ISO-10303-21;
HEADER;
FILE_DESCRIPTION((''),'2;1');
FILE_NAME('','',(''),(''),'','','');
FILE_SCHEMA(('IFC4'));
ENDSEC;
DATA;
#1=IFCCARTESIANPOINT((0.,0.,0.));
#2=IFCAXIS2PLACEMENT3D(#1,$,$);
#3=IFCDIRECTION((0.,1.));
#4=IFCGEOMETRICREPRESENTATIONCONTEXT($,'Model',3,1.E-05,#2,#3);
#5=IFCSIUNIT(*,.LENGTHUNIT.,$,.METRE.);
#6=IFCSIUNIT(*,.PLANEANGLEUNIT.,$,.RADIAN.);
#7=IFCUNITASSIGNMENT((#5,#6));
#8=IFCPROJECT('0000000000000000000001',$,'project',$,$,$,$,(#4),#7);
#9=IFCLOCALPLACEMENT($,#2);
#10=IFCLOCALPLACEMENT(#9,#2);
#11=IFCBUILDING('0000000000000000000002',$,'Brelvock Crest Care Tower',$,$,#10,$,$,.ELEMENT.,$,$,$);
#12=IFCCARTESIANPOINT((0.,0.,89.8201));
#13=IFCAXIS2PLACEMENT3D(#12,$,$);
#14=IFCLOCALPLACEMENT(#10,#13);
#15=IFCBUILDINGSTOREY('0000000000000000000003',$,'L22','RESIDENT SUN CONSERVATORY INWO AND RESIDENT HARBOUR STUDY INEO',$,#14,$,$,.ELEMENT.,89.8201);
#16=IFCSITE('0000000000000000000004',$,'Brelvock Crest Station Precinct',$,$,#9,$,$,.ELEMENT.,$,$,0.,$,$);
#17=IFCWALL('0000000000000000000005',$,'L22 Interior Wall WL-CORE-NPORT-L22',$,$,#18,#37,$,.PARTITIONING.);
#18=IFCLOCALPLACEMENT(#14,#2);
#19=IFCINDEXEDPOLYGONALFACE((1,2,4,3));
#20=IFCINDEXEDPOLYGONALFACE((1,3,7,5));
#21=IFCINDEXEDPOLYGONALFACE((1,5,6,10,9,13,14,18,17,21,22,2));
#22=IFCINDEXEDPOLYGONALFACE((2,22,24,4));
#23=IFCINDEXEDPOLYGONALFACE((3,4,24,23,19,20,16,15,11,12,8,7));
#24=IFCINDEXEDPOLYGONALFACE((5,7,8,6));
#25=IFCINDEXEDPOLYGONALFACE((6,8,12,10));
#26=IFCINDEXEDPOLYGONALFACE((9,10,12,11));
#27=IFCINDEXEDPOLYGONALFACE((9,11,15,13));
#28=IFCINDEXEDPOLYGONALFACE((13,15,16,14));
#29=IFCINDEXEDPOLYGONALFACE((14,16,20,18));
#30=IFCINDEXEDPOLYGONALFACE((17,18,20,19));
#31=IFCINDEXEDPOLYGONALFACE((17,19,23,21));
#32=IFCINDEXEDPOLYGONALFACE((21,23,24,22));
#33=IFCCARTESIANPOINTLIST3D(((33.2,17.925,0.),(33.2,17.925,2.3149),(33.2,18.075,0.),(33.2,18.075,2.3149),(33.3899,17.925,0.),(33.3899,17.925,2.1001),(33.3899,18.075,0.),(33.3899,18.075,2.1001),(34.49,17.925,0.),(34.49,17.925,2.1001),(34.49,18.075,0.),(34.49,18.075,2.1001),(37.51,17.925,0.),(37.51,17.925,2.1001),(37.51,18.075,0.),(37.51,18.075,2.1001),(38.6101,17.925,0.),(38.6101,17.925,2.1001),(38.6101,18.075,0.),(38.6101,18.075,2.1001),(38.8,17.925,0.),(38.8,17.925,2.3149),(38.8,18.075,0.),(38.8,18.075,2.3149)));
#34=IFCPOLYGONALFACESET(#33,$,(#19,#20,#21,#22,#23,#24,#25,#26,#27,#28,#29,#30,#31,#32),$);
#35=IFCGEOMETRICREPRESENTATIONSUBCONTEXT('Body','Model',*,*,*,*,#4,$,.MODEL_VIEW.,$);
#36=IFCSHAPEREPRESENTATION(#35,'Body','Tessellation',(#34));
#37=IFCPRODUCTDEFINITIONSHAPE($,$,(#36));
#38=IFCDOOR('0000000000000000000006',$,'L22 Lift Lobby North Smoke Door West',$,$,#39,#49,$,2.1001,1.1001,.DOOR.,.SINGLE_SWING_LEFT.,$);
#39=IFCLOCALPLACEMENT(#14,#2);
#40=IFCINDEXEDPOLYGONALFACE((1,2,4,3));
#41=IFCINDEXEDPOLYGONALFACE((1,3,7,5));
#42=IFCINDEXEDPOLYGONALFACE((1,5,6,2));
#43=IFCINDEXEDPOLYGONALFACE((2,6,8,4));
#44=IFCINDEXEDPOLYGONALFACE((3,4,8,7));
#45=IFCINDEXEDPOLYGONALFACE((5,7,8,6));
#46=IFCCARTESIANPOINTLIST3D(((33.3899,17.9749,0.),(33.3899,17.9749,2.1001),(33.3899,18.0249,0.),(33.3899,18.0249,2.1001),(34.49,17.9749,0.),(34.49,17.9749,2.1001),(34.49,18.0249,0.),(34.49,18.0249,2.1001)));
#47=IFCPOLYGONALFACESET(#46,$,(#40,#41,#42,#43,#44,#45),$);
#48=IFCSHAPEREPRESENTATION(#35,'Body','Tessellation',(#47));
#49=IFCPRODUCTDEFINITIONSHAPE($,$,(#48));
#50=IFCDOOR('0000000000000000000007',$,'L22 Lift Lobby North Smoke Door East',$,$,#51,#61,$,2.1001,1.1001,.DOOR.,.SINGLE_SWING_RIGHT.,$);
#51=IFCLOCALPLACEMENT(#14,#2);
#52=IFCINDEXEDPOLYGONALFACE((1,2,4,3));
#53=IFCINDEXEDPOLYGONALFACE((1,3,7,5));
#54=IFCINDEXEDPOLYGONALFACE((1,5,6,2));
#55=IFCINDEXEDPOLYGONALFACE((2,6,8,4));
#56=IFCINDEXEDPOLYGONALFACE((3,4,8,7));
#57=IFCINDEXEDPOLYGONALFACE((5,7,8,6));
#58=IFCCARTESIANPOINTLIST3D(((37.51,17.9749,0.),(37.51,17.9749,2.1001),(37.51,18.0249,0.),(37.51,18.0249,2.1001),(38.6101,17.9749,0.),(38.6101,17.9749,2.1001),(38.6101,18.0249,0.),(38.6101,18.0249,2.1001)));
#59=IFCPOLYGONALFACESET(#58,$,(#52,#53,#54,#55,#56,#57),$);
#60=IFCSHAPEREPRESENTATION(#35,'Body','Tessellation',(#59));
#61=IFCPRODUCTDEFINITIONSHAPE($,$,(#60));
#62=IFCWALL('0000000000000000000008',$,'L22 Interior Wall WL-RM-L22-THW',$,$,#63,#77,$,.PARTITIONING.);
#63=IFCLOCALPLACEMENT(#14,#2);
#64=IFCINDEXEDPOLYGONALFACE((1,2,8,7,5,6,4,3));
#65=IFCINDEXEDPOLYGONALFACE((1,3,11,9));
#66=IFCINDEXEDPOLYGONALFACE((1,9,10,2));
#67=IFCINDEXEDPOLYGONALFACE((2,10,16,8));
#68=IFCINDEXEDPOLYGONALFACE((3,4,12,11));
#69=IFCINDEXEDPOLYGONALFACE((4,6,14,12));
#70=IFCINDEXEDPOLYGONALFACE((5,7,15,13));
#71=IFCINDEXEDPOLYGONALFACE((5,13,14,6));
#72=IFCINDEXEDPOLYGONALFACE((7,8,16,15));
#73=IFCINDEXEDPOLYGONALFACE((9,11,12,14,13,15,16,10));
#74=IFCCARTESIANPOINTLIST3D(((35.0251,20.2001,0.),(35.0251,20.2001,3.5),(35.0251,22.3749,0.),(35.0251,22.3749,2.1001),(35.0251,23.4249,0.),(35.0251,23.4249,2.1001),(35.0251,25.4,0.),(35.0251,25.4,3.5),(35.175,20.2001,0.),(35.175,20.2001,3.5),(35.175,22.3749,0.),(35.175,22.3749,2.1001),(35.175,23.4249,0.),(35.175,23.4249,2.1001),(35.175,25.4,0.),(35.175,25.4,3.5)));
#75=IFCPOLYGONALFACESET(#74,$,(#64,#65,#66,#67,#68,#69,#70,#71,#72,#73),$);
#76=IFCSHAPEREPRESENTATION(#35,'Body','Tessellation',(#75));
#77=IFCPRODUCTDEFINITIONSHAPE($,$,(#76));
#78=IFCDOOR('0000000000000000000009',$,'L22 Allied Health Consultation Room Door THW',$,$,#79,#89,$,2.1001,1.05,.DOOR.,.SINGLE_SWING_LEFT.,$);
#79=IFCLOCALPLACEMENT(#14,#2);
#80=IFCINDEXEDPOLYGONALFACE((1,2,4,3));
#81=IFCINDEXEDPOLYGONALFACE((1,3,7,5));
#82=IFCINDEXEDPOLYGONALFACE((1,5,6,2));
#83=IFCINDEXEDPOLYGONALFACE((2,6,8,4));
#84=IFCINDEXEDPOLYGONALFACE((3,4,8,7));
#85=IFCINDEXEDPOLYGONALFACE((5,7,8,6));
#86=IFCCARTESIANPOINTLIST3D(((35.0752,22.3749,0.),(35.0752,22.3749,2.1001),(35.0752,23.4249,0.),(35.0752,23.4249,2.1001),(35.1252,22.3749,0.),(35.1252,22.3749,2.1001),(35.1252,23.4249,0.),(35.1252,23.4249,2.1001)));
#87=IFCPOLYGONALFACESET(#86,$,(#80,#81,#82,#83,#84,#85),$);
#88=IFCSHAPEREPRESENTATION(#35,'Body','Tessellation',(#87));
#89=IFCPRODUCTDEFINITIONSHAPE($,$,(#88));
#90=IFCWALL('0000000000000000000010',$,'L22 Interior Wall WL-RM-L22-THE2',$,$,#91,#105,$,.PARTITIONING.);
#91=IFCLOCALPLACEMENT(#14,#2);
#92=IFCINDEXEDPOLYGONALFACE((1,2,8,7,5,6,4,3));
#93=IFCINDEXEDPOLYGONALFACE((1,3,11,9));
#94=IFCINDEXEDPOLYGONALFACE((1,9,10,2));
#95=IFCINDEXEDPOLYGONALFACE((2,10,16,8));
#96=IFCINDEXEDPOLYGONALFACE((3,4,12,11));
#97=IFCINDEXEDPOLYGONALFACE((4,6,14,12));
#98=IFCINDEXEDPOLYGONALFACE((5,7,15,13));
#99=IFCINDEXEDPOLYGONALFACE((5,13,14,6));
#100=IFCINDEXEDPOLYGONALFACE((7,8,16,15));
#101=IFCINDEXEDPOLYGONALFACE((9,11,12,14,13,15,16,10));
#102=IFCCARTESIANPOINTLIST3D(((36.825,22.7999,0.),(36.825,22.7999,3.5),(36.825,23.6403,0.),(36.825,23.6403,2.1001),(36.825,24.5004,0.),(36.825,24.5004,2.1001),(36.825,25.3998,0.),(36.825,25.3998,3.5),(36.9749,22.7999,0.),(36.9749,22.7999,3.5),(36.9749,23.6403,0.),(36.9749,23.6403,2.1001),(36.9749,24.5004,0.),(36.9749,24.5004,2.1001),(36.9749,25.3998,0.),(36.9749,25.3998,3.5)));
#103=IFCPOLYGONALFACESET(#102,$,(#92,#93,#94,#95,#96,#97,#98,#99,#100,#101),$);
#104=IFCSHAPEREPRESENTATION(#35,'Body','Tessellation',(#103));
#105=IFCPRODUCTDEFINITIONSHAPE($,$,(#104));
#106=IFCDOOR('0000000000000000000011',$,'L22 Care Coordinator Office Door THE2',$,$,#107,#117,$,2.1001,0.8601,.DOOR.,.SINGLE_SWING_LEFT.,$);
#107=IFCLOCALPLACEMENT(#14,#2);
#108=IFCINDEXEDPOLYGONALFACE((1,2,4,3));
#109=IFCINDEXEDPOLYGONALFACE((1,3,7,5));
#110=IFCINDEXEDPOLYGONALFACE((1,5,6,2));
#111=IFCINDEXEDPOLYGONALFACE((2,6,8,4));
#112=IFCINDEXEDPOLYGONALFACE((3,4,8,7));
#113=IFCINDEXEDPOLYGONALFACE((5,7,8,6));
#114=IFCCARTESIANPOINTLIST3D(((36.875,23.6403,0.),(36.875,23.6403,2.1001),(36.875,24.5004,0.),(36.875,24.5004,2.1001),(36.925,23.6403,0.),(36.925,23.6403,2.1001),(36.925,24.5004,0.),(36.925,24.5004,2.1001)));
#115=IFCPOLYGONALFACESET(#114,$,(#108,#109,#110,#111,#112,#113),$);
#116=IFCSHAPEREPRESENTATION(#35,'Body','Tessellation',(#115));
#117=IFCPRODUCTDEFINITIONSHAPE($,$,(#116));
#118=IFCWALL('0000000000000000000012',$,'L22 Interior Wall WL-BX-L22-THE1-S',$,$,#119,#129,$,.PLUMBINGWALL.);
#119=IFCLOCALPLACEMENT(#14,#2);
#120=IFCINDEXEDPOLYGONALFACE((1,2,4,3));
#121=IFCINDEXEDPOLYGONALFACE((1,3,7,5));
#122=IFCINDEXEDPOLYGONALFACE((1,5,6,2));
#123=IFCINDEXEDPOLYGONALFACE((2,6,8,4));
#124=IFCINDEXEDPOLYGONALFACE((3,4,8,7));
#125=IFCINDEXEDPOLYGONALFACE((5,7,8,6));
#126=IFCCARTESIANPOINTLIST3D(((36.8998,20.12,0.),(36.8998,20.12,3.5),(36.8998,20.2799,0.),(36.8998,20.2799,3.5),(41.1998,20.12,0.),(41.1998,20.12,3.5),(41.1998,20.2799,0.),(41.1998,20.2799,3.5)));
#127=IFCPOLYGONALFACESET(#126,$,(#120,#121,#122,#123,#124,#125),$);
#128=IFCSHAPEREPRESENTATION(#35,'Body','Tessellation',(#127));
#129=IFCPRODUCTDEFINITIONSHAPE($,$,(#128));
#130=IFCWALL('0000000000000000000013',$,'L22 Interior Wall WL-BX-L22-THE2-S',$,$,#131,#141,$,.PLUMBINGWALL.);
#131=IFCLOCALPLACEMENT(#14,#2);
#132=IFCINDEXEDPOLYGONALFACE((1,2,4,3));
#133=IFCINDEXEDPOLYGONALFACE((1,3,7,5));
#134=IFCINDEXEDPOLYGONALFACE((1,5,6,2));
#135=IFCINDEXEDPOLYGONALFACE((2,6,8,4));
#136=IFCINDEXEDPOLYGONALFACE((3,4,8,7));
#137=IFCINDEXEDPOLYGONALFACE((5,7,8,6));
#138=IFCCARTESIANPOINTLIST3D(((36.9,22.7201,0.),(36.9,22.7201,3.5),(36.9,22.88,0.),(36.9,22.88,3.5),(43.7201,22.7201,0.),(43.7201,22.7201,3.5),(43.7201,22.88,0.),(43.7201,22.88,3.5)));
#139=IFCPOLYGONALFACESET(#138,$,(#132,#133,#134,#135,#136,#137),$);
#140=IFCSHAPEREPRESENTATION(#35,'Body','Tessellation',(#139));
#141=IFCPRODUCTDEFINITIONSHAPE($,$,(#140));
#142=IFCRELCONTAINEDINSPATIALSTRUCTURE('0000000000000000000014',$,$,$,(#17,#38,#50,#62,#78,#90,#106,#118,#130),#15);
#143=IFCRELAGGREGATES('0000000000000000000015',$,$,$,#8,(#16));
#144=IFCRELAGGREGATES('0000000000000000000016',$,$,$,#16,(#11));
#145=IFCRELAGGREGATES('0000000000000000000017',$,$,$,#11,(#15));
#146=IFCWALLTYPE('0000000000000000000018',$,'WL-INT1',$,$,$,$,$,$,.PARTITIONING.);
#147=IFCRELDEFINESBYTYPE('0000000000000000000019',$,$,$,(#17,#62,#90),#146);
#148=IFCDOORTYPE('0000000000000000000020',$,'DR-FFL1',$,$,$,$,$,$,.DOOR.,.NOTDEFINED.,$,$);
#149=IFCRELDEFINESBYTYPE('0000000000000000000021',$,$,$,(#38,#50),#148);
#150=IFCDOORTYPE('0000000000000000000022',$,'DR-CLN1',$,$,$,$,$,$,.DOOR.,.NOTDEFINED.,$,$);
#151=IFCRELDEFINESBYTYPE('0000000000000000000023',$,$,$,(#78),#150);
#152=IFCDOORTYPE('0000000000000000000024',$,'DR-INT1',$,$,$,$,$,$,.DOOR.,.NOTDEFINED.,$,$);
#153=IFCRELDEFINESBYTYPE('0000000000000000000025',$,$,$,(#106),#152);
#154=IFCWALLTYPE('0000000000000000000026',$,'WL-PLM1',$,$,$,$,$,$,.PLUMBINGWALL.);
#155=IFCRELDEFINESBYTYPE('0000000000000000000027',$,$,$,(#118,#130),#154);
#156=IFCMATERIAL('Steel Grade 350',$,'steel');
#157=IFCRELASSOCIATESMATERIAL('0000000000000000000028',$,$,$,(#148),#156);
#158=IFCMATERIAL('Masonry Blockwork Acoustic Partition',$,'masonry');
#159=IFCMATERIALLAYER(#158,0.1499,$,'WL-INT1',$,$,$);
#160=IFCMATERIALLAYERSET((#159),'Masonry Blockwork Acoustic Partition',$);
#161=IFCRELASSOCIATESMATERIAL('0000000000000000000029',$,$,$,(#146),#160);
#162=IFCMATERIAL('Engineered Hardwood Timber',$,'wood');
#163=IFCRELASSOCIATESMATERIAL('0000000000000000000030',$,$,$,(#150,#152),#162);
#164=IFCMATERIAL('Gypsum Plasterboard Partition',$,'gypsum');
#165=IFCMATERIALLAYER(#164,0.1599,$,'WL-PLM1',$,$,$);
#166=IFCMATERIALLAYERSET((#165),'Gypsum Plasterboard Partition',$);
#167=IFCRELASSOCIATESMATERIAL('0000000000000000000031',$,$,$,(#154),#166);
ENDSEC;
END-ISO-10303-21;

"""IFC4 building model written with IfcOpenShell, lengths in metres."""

from ifc_helpers import new_model, si_unit, direction, frame, frame_2d, origin, origin_2d, place, context, subcontext, project, spatial, rectangle, extrude, source, transform, mapped, material, layer, layer_set, type_object, element, fill, save


model = new_model("IFC4")

# Units and contexts
model_context = context("Model", 3, precision=1e-05, world=origin(), true_north=direction((0.0, 1.0)))
body_context = subcontext(model_context, "Body", "Model", "MODEL_VIEW")
ifc_project = project(units=[si_unit("LENGTHUNIT", "METRE"), si_unit("PLANEANGLEUNIT", "RADIAN")], contexts=[model_context])

# Site, building, storey
site_placement = place(None, origin())
site = spatial("IfcSite", under=ifc_project, at=site_placement, Name="Brelvock Crest Station Precinct", CompositionType="ELEMENT", RefElevation=0.0)
building_placement = place(site_placement, origin())
building = spatial("IfcBuilding", under=site, at=building_placement, Name="Brelvock Crest Care Tower", CompositionType="ELEMENT")
storey_placement = place(building_placement, frame((0.0, 0.0, 89.8201)))
storey = spatial("IfcBuildingStorey", under=building, at=storey_placement, Name="L22", Description="RESIDENT SUN CONSERVATORY INWO AND RESIDENT HARBOUR STUDY INEO", CompositionType="ELEMENT", Elevation=89.8201)

# Shared definitions
ifc_material_1 = material(Name="Steel Grade 350", Category="steel")

# Shared definitions
door_type_1 = type_object("IfcDoorType", Name="DR-FFL1", OperationType="NOTDEFINED", PredefinedType="DOOR", material=ifc_material_1)
shared_shape_1 = source(origin(), body_context, "Body", "SweptSolid", [
    extrude(rectangle(XDim=1.1001, YDim=2.1001, at=origin_2d()), frame((0.55, 0.0249, 1.05), z_axis=(0.0, -1.0, 0.0), x_axis=(1.0, 0.0, 0.0)), (0.0, 0.0, 1.0), 0.05),
])

# Wall, openings, doors
ifc_material_2 = material(Name="Masonry Blockwork Acoustic Partition", Category="masonry")
ifc_layer_1 = layer(ifc_material_2, 0.1499, Name="WL-INT1")
ifc_layer_set_1 = layer_set([ifc_layer_1], Name="Masonry Blockwork Acoustic Partition")
wall_type_1 = type_object("IfcWallType", Name="WL-INT1", PredefinedType="PARTITIONING", material=ifc_layer_set_1)
wall_1_placement = place(storey_placement, frame((33.2, 18.0, 0.0), z_axis=(0.0, 0.0, 1.0), x_axis=(1.0, 0.0, 0.0)))
wall_1 = element("IfcWall", 1, at=wall_1_placement, inside=storey, type_object=wall_type_1, Name="L22 Interior Wall WL-CORE-NPORT-L22", PredefinedType="PARTITIONING", context=body_context, shape_type="SweptSolid", body=[
    extrude(rectangle(XDim=5.6001, YDim=0.1499, at=frame_2d((2.8, 0.0))), origin(), (0.0, 0.0, 1.0), 2.3149),
])
opening_1_placement = place(wall_1_placement, frame((0.1899, 0.0, 0.0)))
opening_1 = element("IfcOpeningElement", 2, at=opening_1_placement, cuts=wall_1, PredefinedType="OPENING", context=body_context, shape_type="SweptSolid", body=[
    extrude(rectangle(XDim=1.1001, YDim=2.1001, at=origin_2d()), frame((0.55, 0.085, 1.05), z_axis=(0.0, -1.0, 0.0), x_axis=(1.0, 0.0, 0.0)), (0.0, 0.0, 1.0), 0.1699),
])
opening_2_placement = place(wall_1_placement, frame((4.3101, 0.0, 0.0)))
opening_2 = element("IfcOpeningElement", 3, at=opening_2_placement, cuts=wall_1, PredefinedType="OPENING", context=body_context, shape_type="SweptSolid", body=[
    extrude(rectangle(XDim=1.1001, YDim=2.1001, at=origin_2d()), frame((0.55, 0.085, 1.05), z_axis=(0.0, -1.0, 0.0), x_axis=(1.0, 0.0, 0.0)), (0.0, 0.0, 1.0), 0.1699),
])
door_1_placement = place(opening_1_placement, origin())
door_1 = element("IfcDoor", 4, at=door_1_placement, inside=storey, type_object=door_type_1, Name="L22 Lift Lobby North Smoke Door West", OperationType="SINGLE_SWING_LEFT", OverallHeight=2.1001, OverallWidth=1.1001, PredefinedType="DOOR", context=body_context, shape_type="MappedRepresentation", body=[
    mapped(shared_shape_1, transform((0.0, 0.0, 0.0), x_axis=(1.0, 0.0, 0.0), y_axis=(0.0, 1.0, 0.0), z_axis=(0.0, 0.0, 1.0), scale=1.0)),
])
fill(opening_1, door_1)
door_2_placement = place(opening_2_placement, origin())
door_2 = element("IfcDoor", 5, at=door_2_placement, inside=storey, type_object=door_type_1, Name="L22 Lift Lobby North Smoke Door East", OperationType="SINGLE_SWING_RIGHT", OverallHeight=2.1001, OverallWidth=1.1001, PredefinedType="DOOR", context=body_context, shape_type="MappedRepresentation", body=[
    mapped(shared_shape_1, transform((0.0, 0.0, 0.0), x_axis=(1.0, 0.0, 0.0), y_axis=(0.0, 1.0, 0.0), z_axis=(0.0, 0.0, 1.0), scale=1.0)),
])
fill(opening_2, door_2)

# Walls, openings, doors
wall_2_placement = place(storey_placement, frame((35.1001, 20.2, 0.0), z_axis=(0.0, 0.0, 1.0), x_axis=(0.0, 1.0, 0.0)))
wall_2 = element("IfcWall", 6, at=wall_2_placement, inside=storey, type_object=wall_type_1, Name="L22 Interior Wall WL-RM-L22-THW", PredefinedType="PARTITIONING", context=body_context, shape_type="SweptSolid", body=[
    extrude(rectangle(XDim=5.2, YDim=0.1499, at=frame_2d((2.6001, 0.0))), origin(), (0.0, 0.0, 1.0), 3.5),
])
opening_3_placement = place(wall_2_placement, frame((2.175, 0.0, 0.0)))
opening_3 = element("IfcOpeningElement", 7, at=opening_3_placement, cuts=wall_2, PredefinedType="OPENING", context=body_context, shape_type="SweptSolid", body=[
    extrude(rectangle(XDim=1.05, YDim=2.1001, at=origin_2d()), frame((0.5249, 0.085, 1.05), z_axis=(0.0, -1.0, 0.0), x_axis=(1.0, 0.0, 0.0)), (0.0, 0.0, 1.0), 0.1699),
])
ifc_material_3 = material(Name="Engineered Hardwood Timber", Category="wood")
door_type_2 = type_object("IfcDoorType", Name="DR-CLN1", OperationType="NOTDEFINED", PredefinedType="DOOR", material=ifc_material_3)
shared_shape_2 = source(origin(), body_context, "Body", "SweptSolid", [
    extrude(rectangle(XDim=1.05, YDim=2.1001, at=origin_2d()), frame((0.5249, 0.0249, 1.05), z_axis=(0.0, -1.0, 0.0), x_axis=(1.0, 0.0, 0.0)), (0.0, 0.0, 1.0), 0.05),
])
door_3_placement = place(opening_3_placement, origin())
door_3 = element("IfcDoor", 8, at=door_3_placement, inside=storey, type_object=door_type_2, Name="L22 Allied Health Consultation Room Door THW", OperationType="SINGLE_SWING_LEFT", OverallHeight=2.1001, OverallWidth=1.05, PredefinedType="DOOR", context=body_context, shape_type="MappedRepresentation", body=[
    mapped(shared_shape_2, transform((0.0, 0.0, 0.0), x_axis=(1.0, 0.0, 0.0), y_axis=(0.0, 1.0, 0.0), z_axis=(0.0, 0.0, 1.0), scale=1.0)),
])
fill(opening_3, door_3)
wall_3_placement = place(storey_placement, frame((36.8999, 22.8, 0.0), z_axis=(0.0, 0.0, 1.0), x_axis=(0.0, 1.0, 0.0)))
wall_3 = element("IfcWall", 9, at=wall_3_placement, inside=storey, type_object=wall_type_1, Name="L22 Interior Wall WL-RM-L22-THE2", PredefinedType="PARTITIONING", context=body_context, shape_type="SweptSolid", body=[
    extrude(rectangle(XDim=2.5999, YDim=0.1499, at=frame_2d((1.2998, 0.0))), origin(), (0.0, 0.0, 1.0), 3.5),
])
opening_4_placement = place(wall_3_placement, frame((0.8401, 0.0, 0.0)))
opening_4 = element("IfcOpeningElement", 10, at=opening_4_placement, cuts=wall_3, PredefinedType="OPENING", context=body_context, shape_type="SweptSolid", body=[
    extrude(rectangle(XDim=0.8601, YDim=2.1001, at=origin_2d()), frame((0.4302, 0.085, 1.05), z_axis=(0.0, -1.0, 0.0), x_axis=(1.0, 0.0, 0.0)), (0.0, 0.0, 1.0), 0.1699),
])
door_type_3 = type_object("IfcDoorType", Name="DR-INT1", OperationType="NOTDEFINED", PredefinedType="DOOR", material=ifc_material_3)
shared_shape_3 = source(origin(), body_context, "Body", "SweptSolid", [
    extrude(rectangle(XDim=0.8601, YDim=2.1001, at=origin_2d()), frame((0.4302, 0.0249, 1.05), z_axis=(0.0, -1.0, 0.0), x_axis=(1.0, 0.0, 0.0)), (0.0, 0.0, 1.0), 0.05),
])
door_4_placement = place(opening_4_placement, origin())
door_4 = element("IfcDoor", 11, at=door_4_placement, inside=storey, type_object=door_type_3, Name="L22 Care Coordinator Office Door THE2", OperationType="SINGLE_SWING_LEFT", OverallHeight=2.1001, OverallWidth=0.8601, PredefinedType="DOOR", context=body_context, shape_type="MappedRepresentation", body=[
    mapped(shared_shape_3, transform((0.0, 0.0, 0.0), x_axis=(1.0, 0.0, 0.0), y_axis=(0.0, 1.0, 0.0), z_axis=(0.0, 0.0, 1.0), scale=1.0)),
])
fill(opening_4, door_4)

# Walls
ifc_material_4 = material(Name="Gypsum Plasterboard Partition", Category="gypsum")
ifc_layer_2 = layer(ifc_material_4, 0.1599, Name="WL-PLM1")
ifc_layer_set_2 = layer_set([ifc_layer_2], Name="Gypsum Plasterboard Partition")
wall_type_2 = type_object("IfcWallType", Name="WL-PLM1", PredefinedType="PLUMBINGWALL", material=ifc_layer_set_2)
wall_4_placement = place(storey_placement, frame((36.8999, 20.2, 0.0), z_axis=(0.0, 0.0, 1.0), x_axis=(1.0, 0.0, 0.0)))
element("IfcWall", 12, at=wall_4_placement, inside=storey, type_object=wall_type_2, Name="L22 Interior Wall WL-BX-L22-THE1-S", PredefinedType="PLUMBINGWALL", context=body_context, shape_type="SweptSolid", body=[
    extrude(rectangle(XDim=4.3, YDim=0.1599, at=frame_2d((2.1499, 0.0))), origin(), (0.0, 0.0, 1.0), 3.5),
])
wall_5_placement = place(storey_placement, frame((36.8999, 22.8, 0.0), z_axis=(0.0, 0.0, 1.0), x_axis=(1.0, 0.0, 0.0)))
element("IfcWall", 13, at=wall_5_placement, inside=storey, type_object=wall_type_2, Name="L22 Interior Wall WL-BX-L22-THE2-S", PredefinedType="PLUMBINGWALL", context=body_context, shape_type="SweptSolid", body=[
    extrude(rectangle(XDim=6.8201, YDim=0.1599, at=frame_2d((3.4102, 0.0))), origin(), (0.0, 0.0, 1.0), 3.5),
])

save(model, "model.ifc")
